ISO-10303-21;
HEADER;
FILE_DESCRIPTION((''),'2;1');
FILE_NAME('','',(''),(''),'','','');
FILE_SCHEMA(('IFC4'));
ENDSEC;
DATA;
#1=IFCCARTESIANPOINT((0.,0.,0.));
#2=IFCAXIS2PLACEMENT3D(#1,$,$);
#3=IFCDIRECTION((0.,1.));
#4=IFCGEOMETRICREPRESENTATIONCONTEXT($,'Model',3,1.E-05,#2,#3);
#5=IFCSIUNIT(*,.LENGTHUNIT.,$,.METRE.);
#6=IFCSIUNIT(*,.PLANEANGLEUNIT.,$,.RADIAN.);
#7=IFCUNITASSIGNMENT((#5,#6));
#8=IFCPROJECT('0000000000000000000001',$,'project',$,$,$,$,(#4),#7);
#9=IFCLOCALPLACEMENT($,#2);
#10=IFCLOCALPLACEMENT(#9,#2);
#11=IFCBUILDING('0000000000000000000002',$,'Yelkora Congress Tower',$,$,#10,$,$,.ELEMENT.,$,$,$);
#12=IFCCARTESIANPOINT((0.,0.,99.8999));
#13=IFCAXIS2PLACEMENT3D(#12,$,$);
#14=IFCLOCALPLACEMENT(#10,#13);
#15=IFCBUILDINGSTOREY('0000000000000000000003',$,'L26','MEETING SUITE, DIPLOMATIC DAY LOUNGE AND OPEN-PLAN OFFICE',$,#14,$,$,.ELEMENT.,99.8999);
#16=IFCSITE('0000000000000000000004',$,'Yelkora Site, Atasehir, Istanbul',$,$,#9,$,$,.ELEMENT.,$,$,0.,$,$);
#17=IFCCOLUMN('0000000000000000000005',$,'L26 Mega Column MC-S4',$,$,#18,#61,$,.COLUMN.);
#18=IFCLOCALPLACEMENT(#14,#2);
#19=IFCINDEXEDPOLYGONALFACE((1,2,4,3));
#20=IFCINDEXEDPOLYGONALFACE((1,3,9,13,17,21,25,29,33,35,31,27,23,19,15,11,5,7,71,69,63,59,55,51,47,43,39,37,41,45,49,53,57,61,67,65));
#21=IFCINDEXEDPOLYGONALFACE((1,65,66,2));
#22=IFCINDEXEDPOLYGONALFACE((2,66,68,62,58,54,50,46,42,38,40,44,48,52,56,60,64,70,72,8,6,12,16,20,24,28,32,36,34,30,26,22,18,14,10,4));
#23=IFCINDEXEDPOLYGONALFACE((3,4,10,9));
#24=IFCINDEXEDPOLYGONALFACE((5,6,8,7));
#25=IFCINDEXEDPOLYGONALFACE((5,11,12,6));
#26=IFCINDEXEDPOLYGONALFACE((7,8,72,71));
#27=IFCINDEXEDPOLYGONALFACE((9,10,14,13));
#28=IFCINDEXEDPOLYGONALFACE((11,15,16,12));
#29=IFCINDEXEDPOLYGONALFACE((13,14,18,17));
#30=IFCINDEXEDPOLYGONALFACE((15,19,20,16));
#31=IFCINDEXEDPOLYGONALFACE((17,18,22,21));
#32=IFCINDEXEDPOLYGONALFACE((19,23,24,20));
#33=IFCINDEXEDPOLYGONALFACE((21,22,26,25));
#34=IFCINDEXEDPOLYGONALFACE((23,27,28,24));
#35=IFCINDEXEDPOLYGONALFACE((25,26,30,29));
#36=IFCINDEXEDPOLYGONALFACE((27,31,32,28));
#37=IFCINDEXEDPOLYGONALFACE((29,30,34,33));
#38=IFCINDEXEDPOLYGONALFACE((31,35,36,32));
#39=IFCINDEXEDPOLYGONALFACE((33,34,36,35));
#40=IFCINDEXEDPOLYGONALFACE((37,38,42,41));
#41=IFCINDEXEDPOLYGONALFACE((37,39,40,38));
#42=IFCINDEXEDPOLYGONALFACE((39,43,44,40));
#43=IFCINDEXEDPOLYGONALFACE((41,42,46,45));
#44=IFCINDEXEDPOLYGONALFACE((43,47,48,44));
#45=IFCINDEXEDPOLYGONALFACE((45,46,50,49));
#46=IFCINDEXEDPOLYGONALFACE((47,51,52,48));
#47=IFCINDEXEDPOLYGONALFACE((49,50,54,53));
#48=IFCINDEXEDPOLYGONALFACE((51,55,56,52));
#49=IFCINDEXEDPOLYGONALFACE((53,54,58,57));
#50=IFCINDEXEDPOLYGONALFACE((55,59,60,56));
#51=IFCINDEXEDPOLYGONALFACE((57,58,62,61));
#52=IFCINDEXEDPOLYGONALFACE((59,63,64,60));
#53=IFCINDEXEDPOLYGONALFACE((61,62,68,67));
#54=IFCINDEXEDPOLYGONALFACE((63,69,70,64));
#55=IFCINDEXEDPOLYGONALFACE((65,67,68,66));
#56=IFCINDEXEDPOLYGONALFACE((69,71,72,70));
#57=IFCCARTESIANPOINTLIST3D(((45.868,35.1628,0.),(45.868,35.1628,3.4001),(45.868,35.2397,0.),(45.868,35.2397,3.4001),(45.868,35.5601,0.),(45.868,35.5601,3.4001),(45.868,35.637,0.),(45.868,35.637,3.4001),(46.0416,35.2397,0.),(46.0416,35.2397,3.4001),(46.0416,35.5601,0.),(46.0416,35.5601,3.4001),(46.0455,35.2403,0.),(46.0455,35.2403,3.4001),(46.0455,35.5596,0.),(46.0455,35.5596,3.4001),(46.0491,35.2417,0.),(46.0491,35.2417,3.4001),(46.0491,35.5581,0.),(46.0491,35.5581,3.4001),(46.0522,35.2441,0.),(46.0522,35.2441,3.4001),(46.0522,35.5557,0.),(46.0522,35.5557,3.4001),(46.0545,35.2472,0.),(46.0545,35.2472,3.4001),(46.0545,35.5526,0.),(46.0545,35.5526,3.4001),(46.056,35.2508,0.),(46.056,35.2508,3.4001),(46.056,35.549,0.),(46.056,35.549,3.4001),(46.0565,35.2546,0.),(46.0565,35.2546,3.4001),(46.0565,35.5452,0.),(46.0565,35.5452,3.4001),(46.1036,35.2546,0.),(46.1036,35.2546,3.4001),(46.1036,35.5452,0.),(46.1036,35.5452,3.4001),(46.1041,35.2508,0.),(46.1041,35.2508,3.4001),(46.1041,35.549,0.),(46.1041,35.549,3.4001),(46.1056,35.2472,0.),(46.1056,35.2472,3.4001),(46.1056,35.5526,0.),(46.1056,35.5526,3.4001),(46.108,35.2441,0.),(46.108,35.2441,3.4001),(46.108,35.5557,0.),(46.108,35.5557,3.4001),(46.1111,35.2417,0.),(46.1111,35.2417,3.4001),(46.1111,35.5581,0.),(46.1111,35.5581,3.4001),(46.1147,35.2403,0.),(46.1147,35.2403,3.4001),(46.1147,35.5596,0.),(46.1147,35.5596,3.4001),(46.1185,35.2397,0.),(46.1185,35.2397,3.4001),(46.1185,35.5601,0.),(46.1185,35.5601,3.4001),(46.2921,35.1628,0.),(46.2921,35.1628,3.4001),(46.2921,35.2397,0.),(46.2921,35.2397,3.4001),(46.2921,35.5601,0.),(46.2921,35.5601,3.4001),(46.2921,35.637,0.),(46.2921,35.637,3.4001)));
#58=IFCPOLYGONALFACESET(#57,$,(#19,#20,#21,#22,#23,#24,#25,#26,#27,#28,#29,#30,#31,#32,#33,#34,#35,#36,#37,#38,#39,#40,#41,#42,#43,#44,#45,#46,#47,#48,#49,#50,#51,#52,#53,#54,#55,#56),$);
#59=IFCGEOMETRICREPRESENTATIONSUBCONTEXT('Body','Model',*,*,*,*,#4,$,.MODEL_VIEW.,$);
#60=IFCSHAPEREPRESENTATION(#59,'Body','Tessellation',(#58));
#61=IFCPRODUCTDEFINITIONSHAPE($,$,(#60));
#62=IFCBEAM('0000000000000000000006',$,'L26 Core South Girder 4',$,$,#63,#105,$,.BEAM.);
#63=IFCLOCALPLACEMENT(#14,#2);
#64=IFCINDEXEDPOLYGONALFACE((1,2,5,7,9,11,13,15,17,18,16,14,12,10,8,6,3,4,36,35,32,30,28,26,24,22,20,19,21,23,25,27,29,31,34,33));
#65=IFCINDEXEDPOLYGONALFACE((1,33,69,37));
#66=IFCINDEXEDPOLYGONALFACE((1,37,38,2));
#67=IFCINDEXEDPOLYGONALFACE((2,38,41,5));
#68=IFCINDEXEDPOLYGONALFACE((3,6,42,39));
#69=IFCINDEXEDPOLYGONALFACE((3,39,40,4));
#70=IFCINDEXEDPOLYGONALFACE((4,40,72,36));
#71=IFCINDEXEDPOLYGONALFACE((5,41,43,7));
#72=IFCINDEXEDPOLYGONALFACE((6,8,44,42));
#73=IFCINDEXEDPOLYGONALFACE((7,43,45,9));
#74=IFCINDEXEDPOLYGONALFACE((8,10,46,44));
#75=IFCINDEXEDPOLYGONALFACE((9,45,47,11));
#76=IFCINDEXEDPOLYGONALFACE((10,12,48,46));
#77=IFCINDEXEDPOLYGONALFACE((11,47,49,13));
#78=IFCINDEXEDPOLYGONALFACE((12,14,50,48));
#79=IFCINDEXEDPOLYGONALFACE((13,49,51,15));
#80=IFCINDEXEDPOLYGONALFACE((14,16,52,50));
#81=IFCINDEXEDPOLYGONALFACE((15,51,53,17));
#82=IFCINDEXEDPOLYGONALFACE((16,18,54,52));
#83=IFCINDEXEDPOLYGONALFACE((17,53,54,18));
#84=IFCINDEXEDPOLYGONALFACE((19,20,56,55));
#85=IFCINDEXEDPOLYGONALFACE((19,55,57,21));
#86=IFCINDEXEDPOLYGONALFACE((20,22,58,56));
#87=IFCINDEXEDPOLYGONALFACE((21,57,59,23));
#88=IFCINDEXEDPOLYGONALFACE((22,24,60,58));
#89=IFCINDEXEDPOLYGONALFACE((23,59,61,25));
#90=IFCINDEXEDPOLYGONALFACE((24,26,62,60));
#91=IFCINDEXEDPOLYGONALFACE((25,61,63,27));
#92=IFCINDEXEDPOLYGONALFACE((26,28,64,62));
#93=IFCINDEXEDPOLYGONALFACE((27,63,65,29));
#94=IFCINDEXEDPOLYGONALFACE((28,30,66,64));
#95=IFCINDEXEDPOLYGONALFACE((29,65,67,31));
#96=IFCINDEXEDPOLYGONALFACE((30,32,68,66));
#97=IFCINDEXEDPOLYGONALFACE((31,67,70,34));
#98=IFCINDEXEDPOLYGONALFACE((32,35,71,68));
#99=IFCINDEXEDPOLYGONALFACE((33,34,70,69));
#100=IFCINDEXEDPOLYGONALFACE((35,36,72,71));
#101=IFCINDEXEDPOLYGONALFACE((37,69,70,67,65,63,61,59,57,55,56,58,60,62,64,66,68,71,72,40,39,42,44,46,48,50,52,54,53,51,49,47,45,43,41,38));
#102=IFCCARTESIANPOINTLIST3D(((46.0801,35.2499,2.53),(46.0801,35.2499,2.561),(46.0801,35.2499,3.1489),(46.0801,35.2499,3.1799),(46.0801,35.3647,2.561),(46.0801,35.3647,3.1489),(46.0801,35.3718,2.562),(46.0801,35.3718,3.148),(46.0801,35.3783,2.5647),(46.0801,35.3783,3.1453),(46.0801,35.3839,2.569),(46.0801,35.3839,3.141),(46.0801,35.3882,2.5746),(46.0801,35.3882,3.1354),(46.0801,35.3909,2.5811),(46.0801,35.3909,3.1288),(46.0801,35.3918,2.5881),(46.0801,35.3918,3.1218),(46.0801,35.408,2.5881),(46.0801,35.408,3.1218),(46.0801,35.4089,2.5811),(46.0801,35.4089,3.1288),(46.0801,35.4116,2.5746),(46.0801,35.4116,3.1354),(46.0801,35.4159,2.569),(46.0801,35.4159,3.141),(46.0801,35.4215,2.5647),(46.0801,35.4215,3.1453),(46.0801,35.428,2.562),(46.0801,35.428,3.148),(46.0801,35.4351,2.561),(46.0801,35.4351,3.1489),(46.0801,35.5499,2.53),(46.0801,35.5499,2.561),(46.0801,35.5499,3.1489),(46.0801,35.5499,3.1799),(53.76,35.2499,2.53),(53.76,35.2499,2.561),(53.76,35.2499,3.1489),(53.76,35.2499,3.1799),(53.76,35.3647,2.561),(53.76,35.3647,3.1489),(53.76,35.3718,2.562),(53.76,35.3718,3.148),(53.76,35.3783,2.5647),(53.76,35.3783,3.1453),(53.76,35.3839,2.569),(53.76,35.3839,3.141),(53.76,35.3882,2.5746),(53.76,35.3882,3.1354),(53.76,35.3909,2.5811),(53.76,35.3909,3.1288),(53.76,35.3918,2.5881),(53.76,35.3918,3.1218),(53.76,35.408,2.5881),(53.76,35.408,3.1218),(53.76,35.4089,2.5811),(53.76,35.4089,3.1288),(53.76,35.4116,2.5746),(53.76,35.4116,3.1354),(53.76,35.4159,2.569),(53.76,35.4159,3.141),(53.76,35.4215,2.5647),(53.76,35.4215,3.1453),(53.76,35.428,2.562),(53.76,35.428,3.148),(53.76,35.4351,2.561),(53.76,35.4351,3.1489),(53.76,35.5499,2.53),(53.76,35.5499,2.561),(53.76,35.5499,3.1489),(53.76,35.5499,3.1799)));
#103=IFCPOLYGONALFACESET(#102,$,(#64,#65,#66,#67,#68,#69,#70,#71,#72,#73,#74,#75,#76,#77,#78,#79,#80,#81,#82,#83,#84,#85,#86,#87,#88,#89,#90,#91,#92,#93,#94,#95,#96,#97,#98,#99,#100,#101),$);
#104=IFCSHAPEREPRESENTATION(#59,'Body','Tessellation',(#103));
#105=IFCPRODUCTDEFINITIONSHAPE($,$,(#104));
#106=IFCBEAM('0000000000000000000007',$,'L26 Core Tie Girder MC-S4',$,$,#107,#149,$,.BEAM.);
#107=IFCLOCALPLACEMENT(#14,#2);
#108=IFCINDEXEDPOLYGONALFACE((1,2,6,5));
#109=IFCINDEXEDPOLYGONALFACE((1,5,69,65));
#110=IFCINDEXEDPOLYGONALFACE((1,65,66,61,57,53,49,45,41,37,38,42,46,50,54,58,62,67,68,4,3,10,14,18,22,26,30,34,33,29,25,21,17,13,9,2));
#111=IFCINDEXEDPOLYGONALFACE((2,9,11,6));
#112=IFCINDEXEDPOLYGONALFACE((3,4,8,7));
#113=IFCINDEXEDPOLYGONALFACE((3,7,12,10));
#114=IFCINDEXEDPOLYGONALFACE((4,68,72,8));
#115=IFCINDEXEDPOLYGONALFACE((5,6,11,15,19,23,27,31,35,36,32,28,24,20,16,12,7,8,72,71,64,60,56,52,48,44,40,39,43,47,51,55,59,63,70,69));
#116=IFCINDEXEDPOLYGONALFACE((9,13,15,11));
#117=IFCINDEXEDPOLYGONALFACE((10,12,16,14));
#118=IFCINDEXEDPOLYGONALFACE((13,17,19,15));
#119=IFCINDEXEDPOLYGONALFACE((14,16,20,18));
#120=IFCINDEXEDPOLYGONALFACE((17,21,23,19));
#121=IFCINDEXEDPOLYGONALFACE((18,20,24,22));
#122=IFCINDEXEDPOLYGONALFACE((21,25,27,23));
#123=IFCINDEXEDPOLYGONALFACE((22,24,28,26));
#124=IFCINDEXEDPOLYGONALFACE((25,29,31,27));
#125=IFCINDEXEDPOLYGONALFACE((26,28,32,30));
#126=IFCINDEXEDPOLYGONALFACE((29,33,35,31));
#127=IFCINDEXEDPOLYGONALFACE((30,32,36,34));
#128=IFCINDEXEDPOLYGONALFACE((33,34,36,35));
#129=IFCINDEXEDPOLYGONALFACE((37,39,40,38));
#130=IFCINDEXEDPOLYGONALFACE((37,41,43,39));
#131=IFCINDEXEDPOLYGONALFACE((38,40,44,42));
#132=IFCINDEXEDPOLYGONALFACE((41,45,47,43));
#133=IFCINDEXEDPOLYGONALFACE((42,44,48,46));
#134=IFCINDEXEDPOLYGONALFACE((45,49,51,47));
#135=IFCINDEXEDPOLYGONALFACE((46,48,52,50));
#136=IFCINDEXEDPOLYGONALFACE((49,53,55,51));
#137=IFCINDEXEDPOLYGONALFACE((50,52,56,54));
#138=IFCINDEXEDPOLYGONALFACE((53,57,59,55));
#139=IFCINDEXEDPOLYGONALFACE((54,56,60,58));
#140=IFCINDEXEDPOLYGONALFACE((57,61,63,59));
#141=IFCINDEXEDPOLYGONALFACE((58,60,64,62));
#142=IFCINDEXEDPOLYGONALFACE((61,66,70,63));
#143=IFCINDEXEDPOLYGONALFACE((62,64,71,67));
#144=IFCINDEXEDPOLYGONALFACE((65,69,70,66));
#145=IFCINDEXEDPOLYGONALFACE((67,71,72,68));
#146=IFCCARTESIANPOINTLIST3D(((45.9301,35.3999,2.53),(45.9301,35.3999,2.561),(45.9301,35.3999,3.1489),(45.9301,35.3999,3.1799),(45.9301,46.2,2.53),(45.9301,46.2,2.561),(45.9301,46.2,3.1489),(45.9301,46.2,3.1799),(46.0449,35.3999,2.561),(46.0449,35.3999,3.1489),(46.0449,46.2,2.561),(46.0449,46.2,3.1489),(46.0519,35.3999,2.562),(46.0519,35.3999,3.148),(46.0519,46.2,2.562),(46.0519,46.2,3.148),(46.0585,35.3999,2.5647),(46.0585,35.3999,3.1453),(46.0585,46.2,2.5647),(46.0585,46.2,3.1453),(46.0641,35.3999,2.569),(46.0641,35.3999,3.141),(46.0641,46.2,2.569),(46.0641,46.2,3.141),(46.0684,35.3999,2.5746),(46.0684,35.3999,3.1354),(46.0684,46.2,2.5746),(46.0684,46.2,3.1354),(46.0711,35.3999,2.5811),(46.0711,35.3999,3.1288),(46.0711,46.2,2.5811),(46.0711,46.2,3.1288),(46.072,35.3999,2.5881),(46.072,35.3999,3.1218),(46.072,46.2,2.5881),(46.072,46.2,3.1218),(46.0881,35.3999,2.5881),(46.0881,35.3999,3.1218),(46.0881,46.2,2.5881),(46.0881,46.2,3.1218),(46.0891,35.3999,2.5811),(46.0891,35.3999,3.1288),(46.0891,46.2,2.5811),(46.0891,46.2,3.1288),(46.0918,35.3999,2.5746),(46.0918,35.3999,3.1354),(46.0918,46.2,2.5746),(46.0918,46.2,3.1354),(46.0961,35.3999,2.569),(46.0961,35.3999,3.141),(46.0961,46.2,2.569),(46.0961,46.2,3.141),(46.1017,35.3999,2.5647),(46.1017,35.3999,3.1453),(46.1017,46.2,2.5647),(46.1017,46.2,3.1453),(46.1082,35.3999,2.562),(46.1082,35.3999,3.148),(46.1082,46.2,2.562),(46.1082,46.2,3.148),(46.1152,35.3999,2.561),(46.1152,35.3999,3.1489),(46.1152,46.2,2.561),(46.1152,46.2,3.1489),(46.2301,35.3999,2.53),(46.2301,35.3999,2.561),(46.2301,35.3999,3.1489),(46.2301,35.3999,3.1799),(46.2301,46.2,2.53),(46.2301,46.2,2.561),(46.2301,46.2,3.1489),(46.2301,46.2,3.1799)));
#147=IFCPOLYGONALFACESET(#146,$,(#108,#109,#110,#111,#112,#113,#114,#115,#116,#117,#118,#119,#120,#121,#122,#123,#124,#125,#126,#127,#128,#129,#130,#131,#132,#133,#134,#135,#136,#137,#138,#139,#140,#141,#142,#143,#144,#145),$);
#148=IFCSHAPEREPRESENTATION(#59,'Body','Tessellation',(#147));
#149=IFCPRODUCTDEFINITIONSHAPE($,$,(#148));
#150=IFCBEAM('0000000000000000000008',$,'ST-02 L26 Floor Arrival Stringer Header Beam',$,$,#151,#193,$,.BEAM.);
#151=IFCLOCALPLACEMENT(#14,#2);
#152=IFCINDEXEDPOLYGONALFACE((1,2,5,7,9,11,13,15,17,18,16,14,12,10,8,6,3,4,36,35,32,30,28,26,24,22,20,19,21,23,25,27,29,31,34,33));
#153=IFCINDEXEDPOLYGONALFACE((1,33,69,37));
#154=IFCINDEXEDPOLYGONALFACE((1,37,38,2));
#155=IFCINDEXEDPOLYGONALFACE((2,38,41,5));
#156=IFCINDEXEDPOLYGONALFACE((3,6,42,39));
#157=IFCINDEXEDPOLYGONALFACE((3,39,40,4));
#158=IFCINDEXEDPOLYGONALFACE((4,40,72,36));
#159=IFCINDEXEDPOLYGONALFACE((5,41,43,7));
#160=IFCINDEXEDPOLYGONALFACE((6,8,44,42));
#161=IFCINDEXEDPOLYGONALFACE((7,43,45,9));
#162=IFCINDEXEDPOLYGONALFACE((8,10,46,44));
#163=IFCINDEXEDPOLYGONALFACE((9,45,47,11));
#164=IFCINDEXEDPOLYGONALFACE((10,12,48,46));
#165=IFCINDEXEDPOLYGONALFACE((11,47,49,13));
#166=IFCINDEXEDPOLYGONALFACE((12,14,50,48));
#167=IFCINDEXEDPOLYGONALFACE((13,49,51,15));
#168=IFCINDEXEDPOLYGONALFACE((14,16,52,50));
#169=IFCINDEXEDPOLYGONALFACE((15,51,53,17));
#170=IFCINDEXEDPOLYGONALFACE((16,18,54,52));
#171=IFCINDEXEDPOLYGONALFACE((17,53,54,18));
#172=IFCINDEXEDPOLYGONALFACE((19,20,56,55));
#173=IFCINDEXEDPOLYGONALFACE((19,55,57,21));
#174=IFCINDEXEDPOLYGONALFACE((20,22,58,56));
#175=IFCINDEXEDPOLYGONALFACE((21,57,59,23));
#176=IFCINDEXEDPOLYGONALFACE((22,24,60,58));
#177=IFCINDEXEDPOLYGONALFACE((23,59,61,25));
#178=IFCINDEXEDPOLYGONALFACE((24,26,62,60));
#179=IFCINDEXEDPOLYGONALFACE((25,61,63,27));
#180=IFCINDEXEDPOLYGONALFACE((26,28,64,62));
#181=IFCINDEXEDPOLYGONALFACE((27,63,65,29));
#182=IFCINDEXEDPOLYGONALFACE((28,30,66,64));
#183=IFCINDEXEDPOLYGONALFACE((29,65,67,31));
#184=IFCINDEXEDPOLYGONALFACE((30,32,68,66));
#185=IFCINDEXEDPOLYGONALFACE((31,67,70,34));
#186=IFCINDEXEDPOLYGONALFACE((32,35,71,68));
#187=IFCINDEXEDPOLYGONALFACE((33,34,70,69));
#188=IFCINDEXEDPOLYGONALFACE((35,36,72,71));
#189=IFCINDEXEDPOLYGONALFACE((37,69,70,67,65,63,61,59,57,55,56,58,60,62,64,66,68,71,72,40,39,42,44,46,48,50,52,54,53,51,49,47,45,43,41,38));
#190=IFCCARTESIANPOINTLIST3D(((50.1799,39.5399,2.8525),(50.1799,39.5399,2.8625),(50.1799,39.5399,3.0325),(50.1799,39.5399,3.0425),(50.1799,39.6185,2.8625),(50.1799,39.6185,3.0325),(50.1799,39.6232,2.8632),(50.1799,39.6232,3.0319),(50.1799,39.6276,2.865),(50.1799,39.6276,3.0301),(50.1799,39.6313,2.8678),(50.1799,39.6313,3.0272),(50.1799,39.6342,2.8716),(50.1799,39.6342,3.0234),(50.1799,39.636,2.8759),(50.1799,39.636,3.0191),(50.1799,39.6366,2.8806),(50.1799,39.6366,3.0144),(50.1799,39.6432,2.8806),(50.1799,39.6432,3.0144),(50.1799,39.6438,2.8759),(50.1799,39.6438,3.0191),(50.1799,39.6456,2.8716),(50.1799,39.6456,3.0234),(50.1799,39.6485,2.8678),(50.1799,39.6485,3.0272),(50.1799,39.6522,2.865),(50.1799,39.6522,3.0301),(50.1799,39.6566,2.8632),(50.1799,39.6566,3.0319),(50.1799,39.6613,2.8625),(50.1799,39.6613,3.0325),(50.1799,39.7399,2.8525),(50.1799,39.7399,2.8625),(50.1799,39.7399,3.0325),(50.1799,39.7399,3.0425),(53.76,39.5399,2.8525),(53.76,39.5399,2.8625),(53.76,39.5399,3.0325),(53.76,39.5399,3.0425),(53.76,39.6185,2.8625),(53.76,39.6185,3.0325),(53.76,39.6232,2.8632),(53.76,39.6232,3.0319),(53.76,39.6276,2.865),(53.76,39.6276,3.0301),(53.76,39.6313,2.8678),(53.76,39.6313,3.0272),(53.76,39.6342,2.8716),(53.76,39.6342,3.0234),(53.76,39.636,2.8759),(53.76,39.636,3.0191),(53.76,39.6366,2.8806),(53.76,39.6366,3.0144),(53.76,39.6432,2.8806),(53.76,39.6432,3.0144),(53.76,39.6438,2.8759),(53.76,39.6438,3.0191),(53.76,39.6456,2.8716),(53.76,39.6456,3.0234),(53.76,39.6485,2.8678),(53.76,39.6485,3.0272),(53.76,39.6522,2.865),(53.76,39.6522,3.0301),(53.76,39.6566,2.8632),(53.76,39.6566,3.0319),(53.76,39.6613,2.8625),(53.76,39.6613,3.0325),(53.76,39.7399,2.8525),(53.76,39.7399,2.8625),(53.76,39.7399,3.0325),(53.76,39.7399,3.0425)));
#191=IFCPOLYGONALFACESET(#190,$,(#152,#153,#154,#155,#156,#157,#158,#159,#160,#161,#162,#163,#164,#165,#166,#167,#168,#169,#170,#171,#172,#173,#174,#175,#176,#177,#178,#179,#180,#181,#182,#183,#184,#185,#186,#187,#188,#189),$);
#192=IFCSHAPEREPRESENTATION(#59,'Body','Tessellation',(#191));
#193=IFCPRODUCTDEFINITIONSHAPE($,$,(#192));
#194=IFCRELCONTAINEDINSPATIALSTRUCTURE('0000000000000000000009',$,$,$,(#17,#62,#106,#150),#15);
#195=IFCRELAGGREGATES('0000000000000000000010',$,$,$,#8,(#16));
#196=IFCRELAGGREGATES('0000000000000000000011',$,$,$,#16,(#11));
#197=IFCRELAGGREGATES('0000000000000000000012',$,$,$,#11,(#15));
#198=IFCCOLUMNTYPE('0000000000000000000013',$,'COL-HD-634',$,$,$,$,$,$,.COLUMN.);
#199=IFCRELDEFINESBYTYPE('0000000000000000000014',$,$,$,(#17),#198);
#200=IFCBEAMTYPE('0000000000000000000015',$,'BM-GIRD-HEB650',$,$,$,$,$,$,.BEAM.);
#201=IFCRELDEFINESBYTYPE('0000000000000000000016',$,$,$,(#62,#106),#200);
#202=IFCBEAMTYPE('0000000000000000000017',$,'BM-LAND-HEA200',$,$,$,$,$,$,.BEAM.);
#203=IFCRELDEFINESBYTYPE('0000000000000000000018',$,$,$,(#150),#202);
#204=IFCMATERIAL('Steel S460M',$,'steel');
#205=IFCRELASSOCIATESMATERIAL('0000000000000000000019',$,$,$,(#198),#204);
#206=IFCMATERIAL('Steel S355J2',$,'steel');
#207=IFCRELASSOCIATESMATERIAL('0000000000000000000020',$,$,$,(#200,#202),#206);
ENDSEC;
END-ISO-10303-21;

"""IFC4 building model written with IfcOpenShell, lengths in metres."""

from ifc_helpers import new_model, si_unit, direction, frame, origin, origin_2d, place, context, subcontext, project, spatial, i_section, extrude, material, material_profile, profile_set, type_object, element, save


model = new_model("IFC4")

# Units and contexts
model_context = context("Model", 3, precision=1e-05, world=origin(), true_north=direction((0.0, 1.0)))
body_context = subcontext(model_context, "Body", "Model", "MODEL_VIEW")
ifc_project = project(units=[si_unit("LENGTHUNIT", "METRE"), si_unit("PLANEANGLEUNIT", "RADIAN")], contexts=[model_context])

# Site, building, storey
site_placement = place(None, origin())
site = spatial("IfcSite", under=ifc_project, at=site_placement, Name="Yelkora Site, Atasehir, Istanbul", CompositionType="ELEMENT", RefElevation=0.0)
building_placement = place(site_placement, origin())
building = spatial("IfcBuilding", under=site, at=building_placement, Name="Yelkora Congress Tower", CompositionType="ELEMENT")
storey_placement = place(building_placement, frame((0.0, 0.0, 99.8999)))
storey = spatial("IfcBuildingStorey", under=building, at=storey_placement, Name="L26", Description="MEETING SUITE, DIPLOMATIC DAY LOUNGE AND OPEN-PLAN OFFICE", CompositionType="ELEMENT", Elevation=99.8999)

# Column
ifc_material_1 = material(Name="Steel S460M", Category="steel")
ifc_material_profile_1 = material_profile(ifc_material_1, i_section(OverallWidth=0.4241, OverallDepth=0.4741, WebThickness=0.0471, FlangeThickness=0.0769, FilletRadius=0.0149, at=origin_2d()), Name="HD 400x634")
ifc_profile_set_1 = profile_set([ifc_material_profile_1], Name="Steel S460M")
column_type = type_object("IfcColumnType", Name="COL-HD-634", PredefinedType="COLUMN", material=ifc_profile_set_1)
column_placement = place(storey_placement, frame((46.0801, 35.3999, 0.0), z_axis=(0.0, 0.0, 1.0), x_axis=(1.0, 0.0, 0.0)))
element("IfcColumn", 1, at=column_placement, inside=storey, type_object=column_type, Name="L26 Mega Column MC-S4", PredefinedType="COLUMN", context=body_context, shape_type="SweptSolid", body=[
    extrude(i_section(OverallWidth=0.4241, OverallDepth=0.4741, WebThickness=0.0471, FlangeThickness=0.0769, FilletRadius=0.0149, at=origin_2d()), origin(), (0.0, 0.0, 1.0), 3.4001),
])

# Beams
ifc_material_2 = material(Name="Steel S355J2", Category="steel")
ifc_material_profile_2 = material_profile(ifc_material_2, i_section(OverallWidth=0.3, OverallDepth=0.6499, WebThickness=0.0161, FlangeThickness=0.031, FilletRadius=0.0271, at=origin_2d()), Name="HEB 650")
ifc_profile_set_2 = profile_set([ifc_material_profile_2], Name="Steel S355J2")
beam_type_1 = type_object("IfcBeamType", Name="BM-GIRD-HEB650", PredefinedType="BEAM", material=ifc_profile_set_2)
beam_1_placement = place(storey_placement, frame((46.0801, 35.3999, 2.855), z_axis=(1.0, 0.0, 0.0), x_axis=(0.0, 1.0, 0.0)))
element("IfcBeam", 2, at=beam_1_placement, inside=storey, type_object=beam_type_1, Name="L26 Core South Girder 4", PredefinedType="BEAM", context=body_context, shape_type="SweptSolid", body=[
    extrude(i_section(OverallWidth=0.3, OverallDepth=0.6499, WebThickness=0.0161, FlangeThickness=0.031, FilletRadius=0.0271, at=origin_2d()), origin(), (0.0, 0.0, 1.0), 7.6799),
])
beam_2_placement = place(storey_placement, frame((46.0801, 35.3999, 2.855), z_axis=(0.0, 1.0, 0.0), x_axis=(-1.0, 0.0, 0.0)))
element("IfcBeam", 3, at=beam_2_placement, inside=storey, type_object=beam_type_1, Name="L26 Core Tie Girder MC-S4", PredefinedType="BEAM", context=body_context, shape_type="SweptSolid", body=[
    extrude(i_section(OverallWidth=0.3, OverallDepth=0.6499, WebThickness=0.0161, FlangeThickness=0.031, FilletRadius=0.0271, at=origin_2d()), origin(), (0.0, 0.0, 1.0), 10.8),
])
ifc_material_profile_3 = material_profile(ifc_material_2, i_section(OverallWidth=0.2, OverallDepth=0.1899, WebThickness=0.0066, FlangeThickness=0.01, FilletRadius=0.0181, at=origin_2d()), Name="HEA 200")
ifc_profile_set_3 = profile_set([ifc_material_profile_3], Name="Steel S355J2")
beam_type_2 = type_object("IfcBeamType", Name="BM-LAND-HEA200", PredefinedType="BEAM", material=ifc_profile_set_3)
beam_3_placement = place(storey_placement, frame((50.1799, 39.6399, 2.9475), z_axis=(1.0, 0.0, 0.0), x_axis=(0.0, 1.0, 0.0)))
element("IfcBeam", 4, at=beam_3_placement, inside=storey, type_object=beam_type_2, Name="ST-02 L26 Floor Arrival Stringer Header Beam", PredefinedType="BEAM", context=body_context, shape_type="SweptSolid", body=[
    extrude(i_section(OverallWidth=0.2, OverallDepth=0.1899, WebThickness=0.0066, FlangeThickness=0.01, FilletRadius=0.0181, at=origin_2d()), origin(), (0.0, 0.0, 1.0), 3.5801),
])

save(model, "model.ifc")
